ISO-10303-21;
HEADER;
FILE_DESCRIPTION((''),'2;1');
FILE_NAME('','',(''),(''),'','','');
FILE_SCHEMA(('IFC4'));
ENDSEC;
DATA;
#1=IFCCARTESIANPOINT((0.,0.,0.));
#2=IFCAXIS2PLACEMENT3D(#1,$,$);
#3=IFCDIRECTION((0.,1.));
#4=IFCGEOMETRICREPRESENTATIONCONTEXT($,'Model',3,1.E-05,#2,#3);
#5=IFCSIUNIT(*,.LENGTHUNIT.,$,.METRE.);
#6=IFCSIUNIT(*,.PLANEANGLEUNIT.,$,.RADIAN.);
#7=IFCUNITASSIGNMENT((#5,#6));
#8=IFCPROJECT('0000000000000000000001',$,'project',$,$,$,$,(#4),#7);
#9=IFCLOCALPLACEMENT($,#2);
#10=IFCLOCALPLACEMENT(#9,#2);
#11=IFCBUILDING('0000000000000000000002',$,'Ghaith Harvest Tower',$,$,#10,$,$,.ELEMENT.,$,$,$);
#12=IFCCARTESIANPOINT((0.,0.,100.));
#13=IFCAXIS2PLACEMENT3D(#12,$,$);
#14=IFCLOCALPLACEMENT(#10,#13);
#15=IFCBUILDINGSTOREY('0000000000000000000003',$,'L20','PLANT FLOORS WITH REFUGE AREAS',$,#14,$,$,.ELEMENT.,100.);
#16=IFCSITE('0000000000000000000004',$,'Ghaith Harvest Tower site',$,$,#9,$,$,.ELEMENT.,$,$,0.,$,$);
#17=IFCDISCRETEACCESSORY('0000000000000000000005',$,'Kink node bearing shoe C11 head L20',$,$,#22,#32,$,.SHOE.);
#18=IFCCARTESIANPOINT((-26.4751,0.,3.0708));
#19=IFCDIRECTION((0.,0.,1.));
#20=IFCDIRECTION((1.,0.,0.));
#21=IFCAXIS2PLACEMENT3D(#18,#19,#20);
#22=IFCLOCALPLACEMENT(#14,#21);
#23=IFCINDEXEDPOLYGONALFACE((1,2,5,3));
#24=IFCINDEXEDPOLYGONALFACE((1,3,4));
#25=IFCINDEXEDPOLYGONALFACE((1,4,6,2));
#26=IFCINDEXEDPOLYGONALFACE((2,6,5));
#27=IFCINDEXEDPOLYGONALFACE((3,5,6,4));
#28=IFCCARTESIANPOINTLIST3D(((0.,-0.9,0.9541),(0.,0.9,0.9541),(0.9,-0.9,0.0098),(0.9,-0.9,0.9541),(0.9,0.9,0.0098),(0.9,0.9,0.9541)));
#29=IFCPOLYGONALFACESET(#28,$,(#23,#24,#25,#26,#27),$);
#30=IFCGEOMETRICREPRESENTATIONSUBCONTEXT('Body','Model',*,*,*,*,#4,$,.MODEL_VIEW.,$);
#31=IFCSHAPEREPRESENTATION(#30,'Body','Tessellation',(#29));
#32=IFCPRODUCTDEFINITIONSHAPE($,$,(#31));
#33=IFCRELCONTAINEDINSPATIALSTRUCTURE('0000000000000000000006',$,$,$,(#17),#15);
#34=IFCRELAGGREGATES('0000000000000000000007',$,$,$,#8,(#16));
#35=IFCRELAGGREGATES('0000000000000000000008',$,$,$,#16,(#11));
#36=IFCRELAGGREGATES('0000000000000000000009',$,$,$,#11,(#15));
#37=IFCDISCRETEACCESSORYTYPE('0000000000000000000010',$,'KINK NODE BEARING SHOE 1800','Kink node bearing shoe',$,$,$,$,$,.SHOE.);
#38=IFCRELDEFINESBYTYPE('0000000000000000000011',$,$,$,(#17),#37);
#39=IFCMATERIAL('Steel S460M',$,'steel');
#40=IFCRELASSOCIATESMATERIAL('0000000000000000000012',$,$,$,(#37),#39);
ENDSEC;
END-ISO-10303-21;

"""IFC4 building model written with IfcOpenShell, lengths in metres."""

from ifc_helpers import new_model, si_unit, direction, frame, origin, origin_2d, place, context, subcontext, project, spatial, rectangle, extrude, clip, halfspace, material, material_profile, profile_set, type_object, element, save


model = new_model("IFC4")

# Units and contexts
model_context = context("Model", 3, precision=1e-05, world=origin(), true_north=direction((0.0, 1.0)))
body_context = subcontext(model_context, "Body", "Model", "MODEL_VIEW")
ifc_project = project(units=[si_unit("LENGTHUNIT", "METRE"), si_unit("PLANEANGLEUNIT", "RADIAN")], contexts=[model_context])

# Site, building, storey
site_placement = place(None, origin())
site = spatial("IfcSite", under=ifc_project, at=site_placement, Name="Ghaith Harvest Tower site", CompositionType="ELEMENT", RefElevation=0.0)
building_placement = place(site_placement, origin())
building = spatial("IfcBuilding", under=site, at=building_placement, Name="Ghaith Harvest Tower", CompositionType="ELEMENT")
storey_placement = place(building_placement, frame((0.0, 0.0, 100.0)))
storey = spatial("IfcBuildingStorey", under=building, at=storey_placement, Name="L20", Description="PLANT FLOORS WITH REFUGE AREAS", CompositionType="ELEMENT", Elevation=100.0)

# Discrete accessory
ifc_material_1 = material(Name="Steel S460M", Category="steel")
ifc_material_profile_1 = material_profile(ifc_material_1, rectangle(XDim=1.8, YDim=1.8, at=origin_2d()), Name="KINK NODE BEARING SHOE 1800")
ifc_profile_set_1 = profile_set([ifc_material_profile_1], Name="Steel S460M")
discrete_accessory_type = type_object("IfcDiscreteAccessoryType", Name="KINK NODE BEARING SHOE 1800", Description="Kink node bearing shoe", PredefinedType="SHOE", material=ifc_profile_set_1)
discrete_accessory_placement = place(storey_placement, frame((-26.4751, 0.0, 3.0708), z_axis=(0.0, 0.0, 1.0), x_axis=(1.0, 0.0, 0.0)))
element("IfcDiscreteAccessory", 1, at=discrete_accessory_placement, inside=storey, type_object=discrete_accessory_type, Name="Kink node bearing shoe C11 head L20", PredefinedType="SHOE", context=body_context, shape_type="Clipping", body=[
    clip(extrude(rectangle(XDim=1.8, YDim=1.8, at=origin_2d()), origin(), (0.0, 0.0, 1.0), 0.9541), halfspace(frame((0.0, 0.0, 0.9541), z_axis=(-0.723869, 0.0, -0.689938), x_axis=(1.0, 0.0, 0.0)), False)),
])

save(model, "model.ifc")
